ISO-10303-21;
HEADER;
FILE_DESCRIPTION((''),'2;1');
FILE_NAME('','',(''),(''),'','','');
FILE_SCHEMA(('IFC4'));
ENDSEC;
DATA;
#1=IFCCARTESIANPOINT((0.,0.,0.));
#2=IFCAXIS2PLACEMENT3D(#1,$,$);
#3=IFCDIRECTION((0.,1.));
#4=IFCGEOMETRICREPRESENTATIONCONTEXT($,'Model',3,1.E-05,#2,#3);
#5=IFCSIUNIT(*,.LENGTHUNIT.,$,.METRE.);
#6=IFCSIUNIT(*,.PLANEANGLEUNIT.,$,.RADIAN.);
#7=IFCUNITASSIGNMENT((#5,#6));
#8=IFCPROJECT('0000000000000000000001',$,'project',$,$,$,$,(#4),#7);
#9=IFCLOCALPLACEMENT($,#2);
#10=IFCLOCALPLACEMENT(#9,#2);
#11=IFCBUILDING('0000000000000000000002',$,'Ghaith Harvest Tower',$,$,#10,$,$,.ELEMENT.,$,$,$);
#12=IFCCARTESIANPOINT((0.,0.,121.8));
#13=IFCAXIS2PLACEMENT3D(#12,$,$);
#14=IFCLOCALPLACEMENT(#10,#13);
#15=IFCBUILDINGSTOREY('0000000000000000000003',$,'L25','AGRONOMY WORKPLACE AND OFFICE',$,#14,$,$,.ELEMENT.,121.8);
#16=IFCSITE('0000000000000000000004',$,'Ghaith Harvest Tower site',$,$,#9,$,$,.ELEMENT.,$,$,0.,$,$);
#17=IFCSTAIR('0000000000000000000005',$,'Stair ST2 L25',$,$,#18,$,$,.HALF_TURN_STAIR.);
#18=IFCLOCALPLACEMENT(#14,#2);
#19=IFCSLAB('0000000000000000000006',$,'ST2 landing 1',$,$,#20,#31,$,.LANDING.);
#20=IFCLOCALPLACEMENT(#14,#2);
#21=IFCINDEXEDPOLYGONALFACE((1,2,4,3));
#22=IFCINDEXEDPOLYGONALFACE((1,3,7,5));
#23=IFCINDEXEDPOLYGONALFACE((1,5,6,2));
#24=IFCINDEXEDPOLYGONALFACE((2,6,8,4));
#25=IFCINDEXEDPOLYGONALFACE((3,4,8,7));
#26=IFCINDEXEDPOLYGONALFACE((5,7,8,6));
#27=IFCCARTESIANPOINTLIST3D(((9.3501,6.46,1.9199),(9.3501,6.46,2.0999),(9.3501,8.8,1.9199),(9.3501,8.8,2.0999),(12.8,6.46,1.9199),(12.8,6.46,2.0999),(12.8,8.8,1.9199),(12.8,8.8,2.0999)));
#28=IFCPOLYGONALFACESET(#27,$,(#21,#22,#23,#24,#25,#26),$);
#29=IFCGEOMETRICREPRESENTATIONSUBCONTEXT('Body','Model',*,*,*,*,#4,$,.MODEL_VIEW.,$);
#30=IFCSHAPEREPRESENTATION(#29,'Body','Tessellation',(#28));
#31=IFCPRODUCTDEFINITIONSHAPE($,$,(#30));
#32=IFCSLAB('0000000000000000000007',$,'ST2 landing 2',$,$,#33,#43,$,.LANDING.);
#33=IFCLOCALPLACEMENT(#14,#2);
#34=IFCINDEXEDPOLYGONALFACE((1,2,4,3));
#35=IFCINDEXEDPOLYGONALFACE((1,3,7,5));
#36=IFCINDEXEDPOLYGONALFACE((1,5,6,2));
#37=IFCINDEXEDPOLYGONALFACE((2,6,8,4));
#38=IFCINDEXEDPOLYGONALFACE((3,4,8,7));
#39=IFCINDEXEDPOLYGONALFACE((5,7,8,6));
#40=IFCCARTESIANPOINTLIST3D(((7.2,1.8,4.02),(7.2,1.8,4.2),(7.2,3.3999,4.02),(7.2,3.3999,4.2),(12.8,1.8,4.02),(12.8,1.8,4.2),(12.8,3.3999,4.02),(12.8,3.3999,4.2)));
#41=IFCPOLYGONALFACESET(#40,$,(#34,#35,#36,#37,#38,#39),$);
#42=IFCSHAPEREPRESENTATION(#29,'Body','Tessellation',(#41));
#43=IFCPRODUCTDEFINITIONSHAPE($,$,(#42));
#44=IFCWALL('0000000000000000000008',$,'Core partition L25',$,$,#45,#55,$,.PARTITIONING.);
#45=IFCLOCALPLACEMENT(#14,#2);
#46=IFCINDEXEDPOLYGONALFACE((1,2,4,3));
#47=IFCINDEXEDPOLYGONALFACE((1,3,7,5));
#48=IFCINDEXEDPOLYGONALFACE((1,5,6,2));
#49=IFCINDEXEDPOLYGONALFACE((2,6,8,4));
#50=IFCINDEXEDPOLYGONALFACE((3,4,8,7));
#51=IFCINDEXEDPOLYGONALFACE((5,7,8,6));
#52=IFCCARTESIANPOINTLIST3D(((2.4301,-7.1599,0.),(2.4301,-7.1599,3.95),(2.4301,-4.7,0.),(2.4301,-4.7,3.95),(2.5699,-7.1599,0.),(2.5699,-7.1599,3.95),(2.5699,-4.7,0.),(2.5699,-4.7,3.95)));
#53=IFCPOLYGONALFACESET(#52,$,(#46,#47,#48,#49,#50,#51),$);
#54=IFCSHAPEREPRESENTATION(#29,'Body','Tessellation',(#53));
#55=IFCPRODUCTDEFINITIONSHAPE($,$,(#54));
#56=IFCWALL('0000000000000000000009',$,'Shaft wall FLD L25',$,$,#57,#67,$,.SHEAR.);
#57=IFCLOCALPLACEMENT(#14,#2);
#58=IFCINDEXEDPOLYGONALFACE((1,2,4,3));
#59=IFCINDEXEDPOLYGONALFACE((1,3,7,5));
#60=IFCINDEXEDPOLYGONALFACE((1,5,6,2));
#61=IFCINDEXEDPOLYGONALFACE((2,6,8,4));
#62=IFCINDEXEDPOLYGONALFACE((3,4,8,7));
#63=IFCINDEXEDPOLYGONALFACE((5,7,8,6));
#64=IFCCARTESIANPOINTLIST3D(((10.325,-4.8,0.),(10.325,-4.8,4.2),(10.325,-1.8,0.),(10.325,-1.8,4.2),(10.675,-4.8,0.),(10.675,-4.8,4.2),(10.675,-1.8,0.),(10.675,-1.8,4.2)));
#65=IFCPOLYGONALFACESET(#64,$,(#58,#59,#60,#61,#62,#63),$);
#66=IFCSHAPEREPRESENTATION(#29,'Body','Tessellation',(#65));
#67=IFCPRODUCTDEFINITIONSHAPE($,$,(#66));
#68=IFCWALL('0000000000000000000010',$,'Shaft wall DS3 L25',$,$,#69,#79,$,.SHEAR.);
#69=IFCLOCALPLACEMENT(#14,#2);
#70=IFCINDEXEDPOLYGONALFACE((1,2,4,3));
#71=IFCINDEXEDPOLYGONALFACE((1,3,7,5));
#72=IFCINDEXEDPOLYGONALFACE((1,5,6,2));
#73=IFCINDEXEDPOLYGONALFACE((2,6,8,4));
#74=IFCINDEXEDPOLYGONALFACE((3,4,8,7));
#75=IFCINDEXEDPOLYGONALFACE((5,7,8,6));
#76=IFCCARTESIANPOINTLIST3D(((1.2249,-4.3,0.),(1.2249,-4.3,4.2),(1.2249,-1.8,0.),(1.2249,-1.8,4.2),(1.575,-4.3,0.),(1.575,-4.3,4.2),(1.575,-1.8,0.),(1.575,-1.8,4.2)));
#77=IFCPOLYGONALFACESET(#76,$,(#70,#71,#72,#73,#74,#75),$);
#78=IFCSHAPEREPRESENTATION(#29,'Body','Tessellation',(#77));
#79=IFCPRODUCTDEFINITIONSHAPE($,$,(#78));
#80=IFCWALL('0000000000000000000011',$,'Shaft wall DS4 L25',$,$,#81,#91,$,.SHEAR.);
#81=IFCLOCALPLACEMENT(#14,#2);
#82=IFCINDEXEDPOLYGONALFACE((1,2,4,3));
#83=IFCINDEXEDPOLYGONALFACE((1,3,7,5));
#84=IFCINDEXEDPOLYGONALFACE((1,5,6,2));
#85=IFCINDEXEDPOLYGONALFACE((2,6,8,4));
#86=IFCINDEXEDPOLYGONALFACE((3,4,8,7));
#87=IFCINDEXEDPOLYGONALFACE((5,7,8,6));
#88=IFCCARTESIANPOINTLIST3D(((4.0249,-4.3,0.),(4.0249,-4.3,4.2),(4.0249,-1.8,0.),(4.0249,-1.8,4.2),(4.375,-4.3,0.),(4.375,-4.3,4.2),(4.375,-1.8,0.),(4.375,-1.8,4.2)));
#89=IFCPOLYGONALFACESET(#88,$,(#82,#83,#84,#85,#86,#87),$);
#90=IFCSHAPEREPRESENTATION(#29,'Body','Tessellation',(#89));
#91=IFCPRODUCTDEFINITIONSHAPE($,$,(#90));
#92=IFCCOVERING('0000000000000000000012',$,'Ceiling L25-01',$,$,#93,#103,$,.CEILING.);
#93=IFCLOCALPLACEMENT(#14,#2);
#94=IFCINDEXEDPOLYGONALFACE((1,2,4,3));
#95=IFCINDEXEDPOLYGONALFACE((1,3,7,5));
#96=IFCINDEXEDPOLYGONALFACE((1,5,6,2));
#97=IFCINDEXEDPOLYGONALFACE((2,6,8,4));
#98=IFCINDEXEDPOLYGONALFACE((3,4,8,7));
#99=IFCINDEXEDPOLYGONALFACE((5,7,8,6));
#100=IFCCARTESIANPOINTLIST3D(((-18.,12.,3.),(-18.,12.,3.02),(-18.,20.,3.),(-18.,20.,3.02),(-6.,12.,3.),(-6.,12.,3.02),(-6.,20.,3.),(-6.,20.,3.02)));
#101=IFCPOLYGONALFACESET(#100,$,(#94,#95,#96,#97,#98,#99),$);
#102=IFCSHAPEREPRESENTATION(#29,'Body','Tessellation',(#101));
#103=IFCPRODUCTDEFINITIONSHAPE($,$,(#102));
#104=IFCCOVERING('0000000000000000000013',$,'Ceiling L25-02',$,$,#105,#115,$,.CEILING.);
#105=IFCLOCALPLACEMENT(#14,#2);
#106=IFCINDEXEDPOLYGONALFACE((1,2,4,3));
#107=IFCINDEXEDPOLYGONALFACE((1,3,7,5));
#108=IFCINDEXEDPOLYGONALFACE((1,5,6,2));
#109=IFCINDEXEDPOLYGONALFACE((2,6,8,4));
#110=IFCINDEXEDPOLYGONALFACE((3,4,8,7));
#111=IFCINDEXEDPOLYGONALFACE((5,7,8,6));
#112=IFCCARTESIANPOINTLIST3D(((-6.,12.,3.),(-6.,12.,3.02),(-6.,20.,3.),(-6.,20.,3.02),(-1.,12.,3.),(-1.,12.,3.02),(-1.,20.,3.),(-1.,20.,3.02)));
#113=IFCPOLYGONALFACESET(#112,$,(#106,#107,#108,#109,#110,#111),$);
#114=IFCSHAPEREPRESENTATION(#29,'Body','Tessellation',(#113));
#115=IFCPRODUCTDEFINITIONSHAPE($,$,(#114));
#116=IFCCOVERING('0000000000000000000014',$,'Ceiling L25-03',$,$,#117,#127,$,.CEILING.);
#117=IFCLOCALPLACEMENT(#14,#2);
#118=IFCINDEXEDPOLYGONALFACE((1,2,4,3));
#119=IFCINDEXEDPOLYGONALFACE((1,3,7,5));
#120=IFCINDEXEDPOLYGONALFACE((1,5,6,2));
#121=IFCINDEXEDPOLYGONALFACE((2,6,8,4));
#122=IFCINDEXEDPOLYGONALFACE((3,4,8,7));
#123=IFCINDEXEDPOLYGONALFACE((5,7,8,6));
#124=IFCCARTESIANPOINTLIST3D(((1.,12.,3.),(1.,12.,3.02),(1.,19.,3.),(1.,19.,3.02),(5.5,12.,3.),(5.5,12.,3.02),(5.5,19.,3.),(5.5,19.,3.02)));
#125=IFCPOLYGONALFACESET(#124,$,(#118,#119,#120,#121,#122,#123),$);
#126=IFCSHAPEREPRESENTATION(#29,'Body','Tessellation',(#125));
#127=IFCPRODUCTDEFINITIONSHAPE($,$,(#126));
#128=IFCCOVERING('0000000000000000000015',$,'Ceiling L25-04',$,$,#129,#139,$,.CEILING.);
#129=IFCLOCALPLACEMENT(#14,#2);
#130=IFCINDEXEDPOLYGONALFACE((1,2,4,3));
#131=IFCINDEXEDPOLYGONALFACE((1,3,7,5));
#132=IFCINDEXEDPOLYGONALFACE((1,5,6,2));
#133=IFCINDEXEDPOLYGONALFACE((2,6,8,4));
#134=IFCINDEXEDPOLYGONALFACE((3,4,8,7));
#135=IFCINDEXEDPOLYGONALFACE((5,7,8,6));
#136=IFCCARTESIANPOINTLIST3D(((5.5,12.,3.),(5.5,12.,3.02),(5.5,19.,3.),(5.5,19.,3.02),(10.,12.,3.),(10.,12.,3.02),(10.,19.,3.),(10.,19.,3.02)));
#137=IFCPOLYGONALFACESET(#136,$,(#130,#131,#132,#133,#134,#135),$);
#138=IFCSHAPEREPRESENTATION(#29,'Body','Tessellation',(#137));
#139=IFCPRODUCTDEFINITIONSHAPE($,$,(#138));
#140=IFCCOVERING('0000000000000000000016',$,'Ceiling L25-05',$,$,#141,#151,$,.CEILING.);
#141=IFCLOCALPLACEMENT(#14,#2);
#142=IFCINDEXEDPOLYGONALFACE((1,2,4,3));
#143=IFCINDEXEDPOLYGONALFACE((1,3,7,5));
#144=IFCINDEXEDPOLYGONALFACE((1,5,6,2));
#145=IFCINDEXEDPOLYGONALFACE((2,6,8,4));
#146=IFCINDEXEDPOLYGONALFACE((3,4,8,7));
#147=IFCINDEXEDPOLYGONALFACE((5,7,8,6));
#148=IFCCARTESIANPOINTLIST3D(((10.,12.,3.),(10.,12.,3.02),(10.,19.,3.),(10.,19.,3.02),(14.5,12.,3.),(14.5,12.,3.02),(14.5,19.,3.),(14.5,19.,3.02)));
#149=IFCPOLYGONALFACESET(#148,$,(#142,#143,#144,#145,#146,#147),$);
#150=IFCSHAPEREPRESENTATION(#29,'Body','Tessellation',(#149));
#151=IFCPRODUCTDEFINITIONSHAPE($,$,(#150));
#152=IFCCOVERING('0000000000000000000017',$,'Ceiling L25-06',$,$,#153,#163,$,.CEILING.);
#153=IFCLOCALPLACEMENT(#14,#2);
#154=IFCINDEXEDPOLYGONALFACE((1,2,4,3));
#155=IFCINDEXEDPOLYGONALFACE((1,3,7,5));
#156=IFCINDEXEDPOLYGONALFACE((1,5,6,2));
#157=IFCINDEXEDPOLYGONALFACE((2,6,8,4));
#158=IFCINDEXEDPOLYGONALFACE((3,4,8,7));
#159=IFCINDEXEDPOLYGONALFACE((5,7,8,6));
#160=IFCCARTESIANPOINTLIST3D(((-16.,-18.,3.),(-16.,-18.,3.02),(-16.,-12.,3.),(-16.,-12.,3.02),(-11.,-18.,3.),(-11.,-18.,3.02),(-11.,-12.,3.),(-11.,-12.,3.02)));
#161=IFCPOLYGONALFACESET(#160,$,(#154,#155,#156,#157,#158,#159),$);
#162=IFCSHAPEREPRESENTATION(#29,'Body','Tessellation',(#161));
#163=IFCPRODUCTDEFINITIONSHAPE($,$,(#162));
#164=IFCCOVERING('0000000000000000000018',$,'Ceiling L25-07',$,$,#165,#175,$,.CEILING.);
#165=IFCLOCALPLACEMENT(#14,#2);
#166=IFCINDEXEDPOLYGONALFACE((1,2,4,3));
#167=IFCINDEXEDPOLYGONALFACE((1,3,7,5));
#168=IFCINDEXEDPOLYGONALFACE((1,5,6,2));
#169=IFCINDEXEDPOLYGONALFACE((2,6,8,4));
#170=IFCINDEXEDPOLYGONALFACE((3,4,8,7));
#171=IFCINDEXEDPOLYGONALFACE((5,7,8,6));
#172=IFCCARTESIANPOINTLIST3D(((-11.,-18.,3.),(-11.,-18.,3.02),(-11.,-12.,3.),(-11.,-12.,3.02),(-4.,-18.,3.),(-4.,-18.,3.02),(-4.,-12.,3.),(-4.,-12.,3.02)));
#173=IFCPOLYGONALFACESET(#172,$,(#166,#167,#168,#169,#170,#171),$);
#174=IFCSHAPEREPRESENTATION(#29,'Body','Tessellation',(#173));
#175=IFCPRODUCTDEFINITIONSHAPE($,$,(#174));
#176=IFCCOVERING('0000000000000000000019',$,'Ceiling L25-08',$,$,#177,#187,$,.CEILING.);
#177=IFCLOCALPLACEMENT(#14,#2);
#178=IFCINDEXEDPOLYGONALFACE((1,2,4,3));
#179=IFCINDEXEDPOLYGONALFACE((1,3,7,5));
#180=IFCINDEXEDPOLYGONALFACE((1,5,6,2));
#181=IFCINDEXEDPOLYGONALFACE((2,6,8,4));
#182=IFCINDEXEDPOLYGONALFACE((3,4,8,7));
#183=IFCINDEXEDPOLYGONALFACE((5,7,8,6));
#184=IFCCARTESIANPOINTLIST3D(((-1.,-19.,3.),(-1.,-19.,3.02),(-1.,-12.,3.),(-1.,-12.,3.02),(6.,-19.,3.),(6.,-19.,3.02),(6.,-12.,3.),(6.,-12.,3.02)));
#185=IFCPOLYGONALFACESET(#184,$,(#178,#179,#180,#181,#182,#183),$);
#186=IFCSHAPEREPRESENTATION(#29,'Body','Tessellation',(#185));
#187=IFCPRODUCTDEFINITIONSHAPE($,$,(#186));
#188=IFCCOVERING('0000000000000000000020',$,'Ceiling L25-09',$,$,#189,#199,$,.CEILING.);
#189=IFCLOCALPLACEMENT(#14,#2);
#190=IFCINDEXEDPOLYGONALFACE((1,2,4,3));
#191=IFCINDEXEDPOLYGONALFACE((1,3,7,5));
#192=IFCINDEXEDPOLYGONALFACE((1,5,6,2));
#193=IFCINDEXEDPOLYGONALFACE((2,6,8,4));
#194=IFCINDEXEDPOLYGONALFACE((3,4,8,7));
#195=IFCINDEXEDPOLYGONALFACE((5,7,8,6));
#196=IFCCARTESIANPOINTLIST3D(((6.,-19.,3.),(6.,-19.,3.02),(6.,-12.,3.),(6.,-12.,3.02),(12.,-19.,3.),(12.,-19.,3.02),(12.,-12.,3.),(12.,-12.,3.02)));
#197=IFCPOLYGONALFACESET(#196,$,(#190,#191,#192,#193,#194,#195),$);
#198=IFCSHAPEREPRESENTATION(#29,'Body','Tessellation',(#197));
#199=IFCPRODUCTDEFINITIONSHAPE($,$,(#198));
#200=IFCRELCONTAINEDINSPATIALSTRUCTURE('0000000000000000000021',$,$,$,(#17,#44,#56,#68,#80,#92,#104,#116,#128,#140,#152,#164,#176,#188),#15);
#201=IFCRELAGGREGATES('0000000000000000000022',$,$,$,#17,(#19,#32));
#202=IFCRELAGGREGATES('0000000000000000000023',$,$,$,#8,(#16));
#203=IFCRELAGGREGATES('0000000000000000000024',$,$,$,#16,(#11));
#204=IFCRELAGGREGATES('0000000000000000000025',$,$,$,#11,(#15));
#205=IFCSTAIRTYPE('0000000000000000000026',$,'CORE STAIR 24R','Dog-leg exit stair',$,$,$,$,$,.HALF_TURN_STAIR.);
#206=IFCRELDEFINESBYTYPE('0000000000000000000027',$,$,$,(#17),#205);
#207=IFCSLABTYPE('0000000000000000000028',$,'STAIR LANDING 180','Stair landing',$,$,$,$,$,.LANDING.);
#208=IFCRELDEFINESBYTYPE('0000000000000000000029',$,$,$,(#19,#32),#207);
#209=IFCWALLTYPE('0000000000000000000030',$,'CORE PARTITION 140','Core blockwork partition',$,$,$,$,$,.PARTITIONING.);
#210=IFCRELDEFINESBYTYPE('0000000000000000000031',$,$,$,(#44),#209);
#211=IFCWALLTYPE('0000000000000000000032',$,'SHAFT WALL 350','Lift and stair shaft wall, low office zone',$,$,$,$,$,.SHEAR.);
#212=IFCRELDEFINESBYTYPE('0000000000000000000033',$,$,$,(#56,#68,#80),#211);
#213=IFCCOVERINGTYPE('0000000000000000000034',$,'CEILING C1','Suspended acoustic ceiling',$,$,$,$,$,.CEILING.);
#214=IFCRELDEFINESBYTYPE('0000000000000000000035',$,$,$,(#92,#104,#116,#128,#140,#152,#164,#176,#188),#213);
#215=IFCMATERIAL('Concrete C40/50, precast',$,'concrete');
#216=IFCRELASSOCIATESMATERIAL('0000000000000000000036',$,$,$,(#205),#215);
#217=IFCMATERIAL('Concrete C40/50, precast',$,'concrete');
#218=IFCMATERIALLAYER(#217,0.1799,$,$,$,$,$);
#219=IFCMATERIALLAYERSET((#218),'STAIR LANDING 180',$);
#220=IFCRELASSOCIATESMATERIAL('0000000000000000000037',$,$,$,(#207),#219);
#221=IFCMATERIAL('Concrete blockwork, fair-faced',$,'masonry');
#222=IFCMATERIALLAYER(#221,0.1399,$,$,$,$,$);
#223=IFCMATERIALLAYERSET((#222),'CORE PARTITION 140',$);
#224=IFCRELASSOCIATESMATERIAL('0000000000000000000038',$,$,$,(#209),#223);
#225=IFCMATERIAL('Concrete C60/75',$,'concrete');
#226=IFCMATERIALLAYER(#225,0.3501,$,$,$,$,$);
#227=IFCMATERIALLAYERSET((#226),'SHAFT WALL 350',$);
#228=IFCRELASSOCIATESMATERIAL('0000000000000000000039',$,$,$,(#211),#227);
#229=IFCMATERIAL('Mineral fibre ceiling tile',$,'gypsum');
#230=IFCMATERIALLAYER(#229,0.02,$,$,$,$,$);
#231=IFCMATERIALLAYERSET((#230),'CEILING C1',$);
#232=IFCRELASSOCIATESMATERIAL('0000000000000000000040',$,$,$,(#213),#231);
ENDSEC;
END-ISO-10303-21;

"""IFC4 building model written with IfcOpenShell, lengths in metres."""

from ifc_helpers import new_model, si_unit, direction, frame, frame_2d, origin, place, context, subcontext, project, spatial, polyline, rectangle, outline, extrude, material, layer, layer_set, type_object, element, aggregate, save


model = new_model("IFC4")

# Units and contexts
model_context = context("Model", 3, precision=1e-05, world=origin(), true_north=direction((0.0, 1.0)))
body_context = subcontext(model_context, "Body", "Model", "MODEL_VIEW")
ifc_project = project(units=[si_unit("LENGTHUNIT", "METRE"), si_unit("PLANEANGLEUNIT", "RADIAN")], contexts=[model_context])

# Site, building, storey
site_placement = place(None, origin())
site = spatial("IfcSite", under=ifc_project, at=site_placement, Name="Ghaith Harvest Tower site", CompositionType="ELEMENT", RefElevation=0.0)
building_placement = place(site_placement, origin())
building = spatial("IfcBuilding", under=site, at=building_placement, Name="Ghaith Harvest Tower", CompositionType="ELEMENT")
storey_placement = place(building_placement, frame((0.0, 0.0, 121.8)))
storey = spatial("IfcBuildingStorey", under=building, at=storey_placement, Name="L25", Description="AGRONOMY WORKPLACE AND OFFICE", CompositionType="ELEMENT", Elevation=121.8)

# Stair, slabs
ifc_material_1 = material(Name="Concrete C40/50, precast", Category="concrete")
stair_type = type_object("IfcStairType", Name="CORE STAIR 24R", Description="Dog-leg exit stair", PredefinedType="HALF_TURN_STAIR", material=ifc_material_1)
ifc_material_2 = material(Name="Concrete C40/50, precast", Category="concrete")
ifc_layer_1 = layer(ifc_material_2, 0.1799)
ifc_layer_set_1 = layer_set([ifc_layer_1], Name="STAIR LANDING 180")
slab_type_1 = type_object("IfcSlabType", Name="STAIR LANDING 180", Description="Stair landing", PredefinedType="LANDING", material=ifc_layer_set_1)
stair_1_placement = place(storey_placement, origin())
stair_1 = element("IfcStair", 1, at=stair_1_placement, inside=storey, type_object=stair_type, Name="Stair ST2 L25", PredefinedType="HALF_TURN_STAIR")
slab_1_placement = place(storey_placement, frame((0.0, 0.0, 1.9199)))
slab_1 = element("IfcSlab", 2, at=slab_1_placement, type_object=slab_type_1, Name="ST2 landing 1", PredefinedType="LANDING", context=body_context, shape_type="SweptSolid", body=[
    extrude(outline(polyline([(12.8, 6.46), (12.8, 8.8), (9.3501, 8.8), (9.3501, 6.46), (12.8, 6.46)])), origin(), (0.0, 0.0, 1.0), 0.1799),
])
slab_2_placement = place(storey_placement, frame((0.0, 0.0, 4.02)))
slab_2 = element("IfcSlab", 3, at=slab_2_placement, type_object=slab_type_1, Name="ST2 landing 2", PredefinedType="LANDING", context=body_context, shape_type="SweptSolid", body=[
    extrude(outline(polyline([(12.8, 1.8), (12.8, 3.3999), (7.2, 3.3999), (7.2, 1.8), (12.8, 1.8)])), origin(), (0.0, 0.0, 1.0), 0.1799),
])
aggregate(stair_1, [slab_1, slab_2])

# Wall
ifc_material_3 = material(Name="Concrete blockwork, fair-faced", Category="masonry")
ifc_layer_2 = layer(ifc_material_3, 0.1399)
ifc_layer_set_2 = layer_set([ifc_layer_2], Name="CORE PARTITION 140")
wall_type_1 = type_object("IfcWallType", Name="CORE PARTITION 140", Description="Core blockwork partition", PredefinedType="PARTITIONING", material=ifc_layer_set_2)
wall_1_placement = place(storey_placement, frame((2.5, -4.7, 0.0), z_axis=(0.0, 0.0, 1.0), x_axis=(0.0, -1.0, 0.0)))
element("IfcWall", 4, at=wall_1_placement, inside=storey, type_object=wall_type_1, Name="Core partition L25", PredefinedType="PARTITIONING", context=body_context, shape_type="SweptSolid", body=[
    extrude(rectangle(XDim=2.46, YDim=0.1399, at=frame_2d((1.23, 0.0))), origin(), (0.0, 0.0, 1.0), 3.95),
])

# Shared definitions
ifc_material_4 = material(Name="Concrete C60/75", Category="concrete")
ifc_layer_3 = layer(ifc_material_4, 0.3501)
ifc_layer_set_3 = layer_set([ifc_layer_3], Name="SHAFT WALL 350")
wall_type_2 = type_object("IfcWallType", Name="SHAFT WALL 350", Description="Lift and stair shaft wall, low office zone", PredefinedType="SHEAR", material=ifc_layer_set_3)

# Walls
wall_2_placement = place(storey_placement, frame((10.5, -4.8, 0.0), z_axis=(0.0, 0.0, 1.0), x_axis=(0.0, 1.0, 0.0)))
element("IfcWall", 5, at=wall_2_placement, inside=storey, type_object=wall_type_2, Name="Shaft wall FLD L25", PredefinedType="SHEAR", context=body_context, shape_type="SweptSolid", body=[
    extrude(rectangle(XDim=3.0, YDim=0.3501, at=frame_2d((1.5, 0.0))), origin(), (0.0, 0.0, 1.0), 4.2),
])
for number, where, z_axis, x_axis, name in (
    (6, (1.3999, -4.3, 0.0), (0.0, 0.0, 1.0), (0.0, 1.0, 0.0), "Shaft wall DS3 L25"),
    (7, (4.2, -4.3, 0.0), (0.0, 0.0, 1.0), (0.0, 1.0, 0.0), "Shaft wall DS4 L25"),
):
    element("IfcWall", number, at=place(storey_placement, frame(where, z_axis=z_axis, x_axis=x_axis)), inside=storey, type_object=wall_type_2, Name=name, PredefinedType="SHEAR", context=body_context, shape_type="SweptSolid", body=[
        extrude(rectangle(XDim=2.5, YDim=0.3501, at=frame_2d((1.25, 0.0))), origin(), (0.0, 0.0, 1.0), 4.2),
    ])

# Coverings
ifc_material_5 = material(Name="Mineral fibre ceiling tile", Category="gypsum")
ifc_layer_4 = layer(ifc_material_5, 0.02)
ifc_layer_set_4 = layer_set([ifc_layer_4], Name="CEILING C1")
covering_type = type_object("IfcCoveringType", Name="CEILING C1", Description="Suspended acoustic ceiling", PredefinedType="CEILING", material=ifc_layer_set_4)
covering_1_placement = place(storey_placement, frame((0.0, 0.0, 3.0)))
element("IfcCovering", 8, at=covering_1_placement, inside=storey, type_object=covering_type, Name="Ceiling L25-01", PredefinedType="CEILING", context=body_context, shape_type="SweptSolid", body=[
    extrude(outline(polyline([(-18.0, 12.0), (-6.0, 12.0), (-6.0, 20.0), (-18.0, 20.0), (-18.0, 12.0)])), origin(), (0.0, 0.0, 1.0), 0.02),
])
covering_2_placement = place(storey_placement, frame((0.0, 0.0, 3.0)))
element("IfcCovering", 9, at=covering_2_placement, inside=storey, type_object=covering_type, Name="Ceiling L25-02", PredefinedType="CEILING", context=body_context, shape_type="SweptSolid", body=[
    extrude(outline(polyline([(-6.0, 12.0), (-1.0, 12.0), (-1.0, 20.0), (-6.0, 20.0), (-6.0, 12.0)])), origin(), (0.0, 0.0, 1.0), 0.02),
])
covering_3_placement = place(storey_placement, frame((0.0, 0.0, 3.0)))
element("IfcCovering", 10, at=covering_3_placement, inside=storey, type_object=covering_type, Name="Ceiling L25-03", PredefinedType="CEILING", context=body_context, shape_type="SweptSolid", body=[
    extrude(outline(polyline([(1.0, 12.0), (5.5, 12.0), (5.5, 19.0), (1.0, 19.0), (1.0, 12.0)])), origin(), (0.0, 0.0, 1.0), 0.02),
])
covering_4_placement = place(storey_placement, frame((0.0, 0.0, 3.0)))
element("IfcCovering", 11, at=covering_4_placement, inside=storey, type_object=covering_type, Name="Ceiling L25-04", PredefinedType="CEILING", context=body_context, shape_type="SweptSolid", body=[
    extrude(outline(polyline([(5.5, 12.0), (10.0, 12.0), (10.0, 19.0), (5.5, 19.0), (5.5, 12.0)])), origin(), (0.0, 0.0, 1.0), 0.02),
])
covering_5_placement = place(storey_placement, frame((0.0, 0.0, 3.0)))
element("IfcCovering", 12, at=covering_5_placement, inside=storey, type_object=covering_type, Name="Ceiling L25-05", PredefinedType="CEILING", context=body_context, shape_type="SweptSolid", body=[
    extrude(outline(polyline([(10.0, 12.0), (14.5, 12.0), (14.5, 19.0), (10.0, 19.0), (10.0, 12.0)])), origin(), (0.0, 0.0, 1.0), 0.02),
])
covering_6_placement = place(storey_placement, frame((0.0, 0.0, 3.0)))
element("IfcCovering", 13, at=covering_6_placement, inside=storey, type_object=covering_type, Name="Ceiling L25-06", PredefinedType="CEILING", context=body_context, shape_type="SweptSolid", body=[
    extrude(outline(polyline([(-16.0, -18.0), (-11.0, -18.0), (-11.0, -12.0), (-16.0, -12.0), (-16.0, -18.0)])), origin(), (0.0, 0.0, 1.0), 0.02),
])
covering_7_placement = place(storey_placement, frame((0.0, 0.0, 3.0)))
element("IfcCovering", 14, at=covering_7_placement, inside=storey, type_object=covering_type, Name="Ceiling L25-07", PredefinedType="CEILING", context=body_context, shape_type="SweptSolid", body=[
    extrude(outline(polyline([(-11.0, -18.0), (-4.0, -18.0), (-4.0, -12.0), (-11.0, -12.0), (-11.0, -18.0)])), origin(), (0.0, 0.0, 1.0), 0.02),
])
covering_8_placement = place(storey_placement, frame((0.0, 0.0, 3.0)))
element("IfcCovering", 15, at=covering_8_placement, inside=storey, type_object=covering_type, Name="Ceiling L25-08", PredefinedType="CEILING", context=body_context, shape_type="SweptSolid", body=[
    extrude(outline(polyline([(-1.0, -19.0), (6.0, -19.0), (6.0, -12.0), (-1.0, -12.0), (-1.0, -19.0)])), origin(), (0.0, 0.0, 1.0), 0.02),
])
covering_9_placement = place(storey_placement, frame((0.0, 0.0, 3.0)))
element("IfcCovering", 16, at=covering_9_placement, inside=storey, type_object=covering_type, Name="Ceiling L25-09", PredefinedType="CEILING", context=body_context, shape_type="SweptSolid", body=[
    extrude(outline(polyline([(6.0, -19.0), (12.0, -19.0), (12.0, -12.0), (6.0, -12.0), (6.0, -19.0)])), origin(), (0.0, 0.0, 1.0), 0.02),
])

save(model, "model.ifc")
